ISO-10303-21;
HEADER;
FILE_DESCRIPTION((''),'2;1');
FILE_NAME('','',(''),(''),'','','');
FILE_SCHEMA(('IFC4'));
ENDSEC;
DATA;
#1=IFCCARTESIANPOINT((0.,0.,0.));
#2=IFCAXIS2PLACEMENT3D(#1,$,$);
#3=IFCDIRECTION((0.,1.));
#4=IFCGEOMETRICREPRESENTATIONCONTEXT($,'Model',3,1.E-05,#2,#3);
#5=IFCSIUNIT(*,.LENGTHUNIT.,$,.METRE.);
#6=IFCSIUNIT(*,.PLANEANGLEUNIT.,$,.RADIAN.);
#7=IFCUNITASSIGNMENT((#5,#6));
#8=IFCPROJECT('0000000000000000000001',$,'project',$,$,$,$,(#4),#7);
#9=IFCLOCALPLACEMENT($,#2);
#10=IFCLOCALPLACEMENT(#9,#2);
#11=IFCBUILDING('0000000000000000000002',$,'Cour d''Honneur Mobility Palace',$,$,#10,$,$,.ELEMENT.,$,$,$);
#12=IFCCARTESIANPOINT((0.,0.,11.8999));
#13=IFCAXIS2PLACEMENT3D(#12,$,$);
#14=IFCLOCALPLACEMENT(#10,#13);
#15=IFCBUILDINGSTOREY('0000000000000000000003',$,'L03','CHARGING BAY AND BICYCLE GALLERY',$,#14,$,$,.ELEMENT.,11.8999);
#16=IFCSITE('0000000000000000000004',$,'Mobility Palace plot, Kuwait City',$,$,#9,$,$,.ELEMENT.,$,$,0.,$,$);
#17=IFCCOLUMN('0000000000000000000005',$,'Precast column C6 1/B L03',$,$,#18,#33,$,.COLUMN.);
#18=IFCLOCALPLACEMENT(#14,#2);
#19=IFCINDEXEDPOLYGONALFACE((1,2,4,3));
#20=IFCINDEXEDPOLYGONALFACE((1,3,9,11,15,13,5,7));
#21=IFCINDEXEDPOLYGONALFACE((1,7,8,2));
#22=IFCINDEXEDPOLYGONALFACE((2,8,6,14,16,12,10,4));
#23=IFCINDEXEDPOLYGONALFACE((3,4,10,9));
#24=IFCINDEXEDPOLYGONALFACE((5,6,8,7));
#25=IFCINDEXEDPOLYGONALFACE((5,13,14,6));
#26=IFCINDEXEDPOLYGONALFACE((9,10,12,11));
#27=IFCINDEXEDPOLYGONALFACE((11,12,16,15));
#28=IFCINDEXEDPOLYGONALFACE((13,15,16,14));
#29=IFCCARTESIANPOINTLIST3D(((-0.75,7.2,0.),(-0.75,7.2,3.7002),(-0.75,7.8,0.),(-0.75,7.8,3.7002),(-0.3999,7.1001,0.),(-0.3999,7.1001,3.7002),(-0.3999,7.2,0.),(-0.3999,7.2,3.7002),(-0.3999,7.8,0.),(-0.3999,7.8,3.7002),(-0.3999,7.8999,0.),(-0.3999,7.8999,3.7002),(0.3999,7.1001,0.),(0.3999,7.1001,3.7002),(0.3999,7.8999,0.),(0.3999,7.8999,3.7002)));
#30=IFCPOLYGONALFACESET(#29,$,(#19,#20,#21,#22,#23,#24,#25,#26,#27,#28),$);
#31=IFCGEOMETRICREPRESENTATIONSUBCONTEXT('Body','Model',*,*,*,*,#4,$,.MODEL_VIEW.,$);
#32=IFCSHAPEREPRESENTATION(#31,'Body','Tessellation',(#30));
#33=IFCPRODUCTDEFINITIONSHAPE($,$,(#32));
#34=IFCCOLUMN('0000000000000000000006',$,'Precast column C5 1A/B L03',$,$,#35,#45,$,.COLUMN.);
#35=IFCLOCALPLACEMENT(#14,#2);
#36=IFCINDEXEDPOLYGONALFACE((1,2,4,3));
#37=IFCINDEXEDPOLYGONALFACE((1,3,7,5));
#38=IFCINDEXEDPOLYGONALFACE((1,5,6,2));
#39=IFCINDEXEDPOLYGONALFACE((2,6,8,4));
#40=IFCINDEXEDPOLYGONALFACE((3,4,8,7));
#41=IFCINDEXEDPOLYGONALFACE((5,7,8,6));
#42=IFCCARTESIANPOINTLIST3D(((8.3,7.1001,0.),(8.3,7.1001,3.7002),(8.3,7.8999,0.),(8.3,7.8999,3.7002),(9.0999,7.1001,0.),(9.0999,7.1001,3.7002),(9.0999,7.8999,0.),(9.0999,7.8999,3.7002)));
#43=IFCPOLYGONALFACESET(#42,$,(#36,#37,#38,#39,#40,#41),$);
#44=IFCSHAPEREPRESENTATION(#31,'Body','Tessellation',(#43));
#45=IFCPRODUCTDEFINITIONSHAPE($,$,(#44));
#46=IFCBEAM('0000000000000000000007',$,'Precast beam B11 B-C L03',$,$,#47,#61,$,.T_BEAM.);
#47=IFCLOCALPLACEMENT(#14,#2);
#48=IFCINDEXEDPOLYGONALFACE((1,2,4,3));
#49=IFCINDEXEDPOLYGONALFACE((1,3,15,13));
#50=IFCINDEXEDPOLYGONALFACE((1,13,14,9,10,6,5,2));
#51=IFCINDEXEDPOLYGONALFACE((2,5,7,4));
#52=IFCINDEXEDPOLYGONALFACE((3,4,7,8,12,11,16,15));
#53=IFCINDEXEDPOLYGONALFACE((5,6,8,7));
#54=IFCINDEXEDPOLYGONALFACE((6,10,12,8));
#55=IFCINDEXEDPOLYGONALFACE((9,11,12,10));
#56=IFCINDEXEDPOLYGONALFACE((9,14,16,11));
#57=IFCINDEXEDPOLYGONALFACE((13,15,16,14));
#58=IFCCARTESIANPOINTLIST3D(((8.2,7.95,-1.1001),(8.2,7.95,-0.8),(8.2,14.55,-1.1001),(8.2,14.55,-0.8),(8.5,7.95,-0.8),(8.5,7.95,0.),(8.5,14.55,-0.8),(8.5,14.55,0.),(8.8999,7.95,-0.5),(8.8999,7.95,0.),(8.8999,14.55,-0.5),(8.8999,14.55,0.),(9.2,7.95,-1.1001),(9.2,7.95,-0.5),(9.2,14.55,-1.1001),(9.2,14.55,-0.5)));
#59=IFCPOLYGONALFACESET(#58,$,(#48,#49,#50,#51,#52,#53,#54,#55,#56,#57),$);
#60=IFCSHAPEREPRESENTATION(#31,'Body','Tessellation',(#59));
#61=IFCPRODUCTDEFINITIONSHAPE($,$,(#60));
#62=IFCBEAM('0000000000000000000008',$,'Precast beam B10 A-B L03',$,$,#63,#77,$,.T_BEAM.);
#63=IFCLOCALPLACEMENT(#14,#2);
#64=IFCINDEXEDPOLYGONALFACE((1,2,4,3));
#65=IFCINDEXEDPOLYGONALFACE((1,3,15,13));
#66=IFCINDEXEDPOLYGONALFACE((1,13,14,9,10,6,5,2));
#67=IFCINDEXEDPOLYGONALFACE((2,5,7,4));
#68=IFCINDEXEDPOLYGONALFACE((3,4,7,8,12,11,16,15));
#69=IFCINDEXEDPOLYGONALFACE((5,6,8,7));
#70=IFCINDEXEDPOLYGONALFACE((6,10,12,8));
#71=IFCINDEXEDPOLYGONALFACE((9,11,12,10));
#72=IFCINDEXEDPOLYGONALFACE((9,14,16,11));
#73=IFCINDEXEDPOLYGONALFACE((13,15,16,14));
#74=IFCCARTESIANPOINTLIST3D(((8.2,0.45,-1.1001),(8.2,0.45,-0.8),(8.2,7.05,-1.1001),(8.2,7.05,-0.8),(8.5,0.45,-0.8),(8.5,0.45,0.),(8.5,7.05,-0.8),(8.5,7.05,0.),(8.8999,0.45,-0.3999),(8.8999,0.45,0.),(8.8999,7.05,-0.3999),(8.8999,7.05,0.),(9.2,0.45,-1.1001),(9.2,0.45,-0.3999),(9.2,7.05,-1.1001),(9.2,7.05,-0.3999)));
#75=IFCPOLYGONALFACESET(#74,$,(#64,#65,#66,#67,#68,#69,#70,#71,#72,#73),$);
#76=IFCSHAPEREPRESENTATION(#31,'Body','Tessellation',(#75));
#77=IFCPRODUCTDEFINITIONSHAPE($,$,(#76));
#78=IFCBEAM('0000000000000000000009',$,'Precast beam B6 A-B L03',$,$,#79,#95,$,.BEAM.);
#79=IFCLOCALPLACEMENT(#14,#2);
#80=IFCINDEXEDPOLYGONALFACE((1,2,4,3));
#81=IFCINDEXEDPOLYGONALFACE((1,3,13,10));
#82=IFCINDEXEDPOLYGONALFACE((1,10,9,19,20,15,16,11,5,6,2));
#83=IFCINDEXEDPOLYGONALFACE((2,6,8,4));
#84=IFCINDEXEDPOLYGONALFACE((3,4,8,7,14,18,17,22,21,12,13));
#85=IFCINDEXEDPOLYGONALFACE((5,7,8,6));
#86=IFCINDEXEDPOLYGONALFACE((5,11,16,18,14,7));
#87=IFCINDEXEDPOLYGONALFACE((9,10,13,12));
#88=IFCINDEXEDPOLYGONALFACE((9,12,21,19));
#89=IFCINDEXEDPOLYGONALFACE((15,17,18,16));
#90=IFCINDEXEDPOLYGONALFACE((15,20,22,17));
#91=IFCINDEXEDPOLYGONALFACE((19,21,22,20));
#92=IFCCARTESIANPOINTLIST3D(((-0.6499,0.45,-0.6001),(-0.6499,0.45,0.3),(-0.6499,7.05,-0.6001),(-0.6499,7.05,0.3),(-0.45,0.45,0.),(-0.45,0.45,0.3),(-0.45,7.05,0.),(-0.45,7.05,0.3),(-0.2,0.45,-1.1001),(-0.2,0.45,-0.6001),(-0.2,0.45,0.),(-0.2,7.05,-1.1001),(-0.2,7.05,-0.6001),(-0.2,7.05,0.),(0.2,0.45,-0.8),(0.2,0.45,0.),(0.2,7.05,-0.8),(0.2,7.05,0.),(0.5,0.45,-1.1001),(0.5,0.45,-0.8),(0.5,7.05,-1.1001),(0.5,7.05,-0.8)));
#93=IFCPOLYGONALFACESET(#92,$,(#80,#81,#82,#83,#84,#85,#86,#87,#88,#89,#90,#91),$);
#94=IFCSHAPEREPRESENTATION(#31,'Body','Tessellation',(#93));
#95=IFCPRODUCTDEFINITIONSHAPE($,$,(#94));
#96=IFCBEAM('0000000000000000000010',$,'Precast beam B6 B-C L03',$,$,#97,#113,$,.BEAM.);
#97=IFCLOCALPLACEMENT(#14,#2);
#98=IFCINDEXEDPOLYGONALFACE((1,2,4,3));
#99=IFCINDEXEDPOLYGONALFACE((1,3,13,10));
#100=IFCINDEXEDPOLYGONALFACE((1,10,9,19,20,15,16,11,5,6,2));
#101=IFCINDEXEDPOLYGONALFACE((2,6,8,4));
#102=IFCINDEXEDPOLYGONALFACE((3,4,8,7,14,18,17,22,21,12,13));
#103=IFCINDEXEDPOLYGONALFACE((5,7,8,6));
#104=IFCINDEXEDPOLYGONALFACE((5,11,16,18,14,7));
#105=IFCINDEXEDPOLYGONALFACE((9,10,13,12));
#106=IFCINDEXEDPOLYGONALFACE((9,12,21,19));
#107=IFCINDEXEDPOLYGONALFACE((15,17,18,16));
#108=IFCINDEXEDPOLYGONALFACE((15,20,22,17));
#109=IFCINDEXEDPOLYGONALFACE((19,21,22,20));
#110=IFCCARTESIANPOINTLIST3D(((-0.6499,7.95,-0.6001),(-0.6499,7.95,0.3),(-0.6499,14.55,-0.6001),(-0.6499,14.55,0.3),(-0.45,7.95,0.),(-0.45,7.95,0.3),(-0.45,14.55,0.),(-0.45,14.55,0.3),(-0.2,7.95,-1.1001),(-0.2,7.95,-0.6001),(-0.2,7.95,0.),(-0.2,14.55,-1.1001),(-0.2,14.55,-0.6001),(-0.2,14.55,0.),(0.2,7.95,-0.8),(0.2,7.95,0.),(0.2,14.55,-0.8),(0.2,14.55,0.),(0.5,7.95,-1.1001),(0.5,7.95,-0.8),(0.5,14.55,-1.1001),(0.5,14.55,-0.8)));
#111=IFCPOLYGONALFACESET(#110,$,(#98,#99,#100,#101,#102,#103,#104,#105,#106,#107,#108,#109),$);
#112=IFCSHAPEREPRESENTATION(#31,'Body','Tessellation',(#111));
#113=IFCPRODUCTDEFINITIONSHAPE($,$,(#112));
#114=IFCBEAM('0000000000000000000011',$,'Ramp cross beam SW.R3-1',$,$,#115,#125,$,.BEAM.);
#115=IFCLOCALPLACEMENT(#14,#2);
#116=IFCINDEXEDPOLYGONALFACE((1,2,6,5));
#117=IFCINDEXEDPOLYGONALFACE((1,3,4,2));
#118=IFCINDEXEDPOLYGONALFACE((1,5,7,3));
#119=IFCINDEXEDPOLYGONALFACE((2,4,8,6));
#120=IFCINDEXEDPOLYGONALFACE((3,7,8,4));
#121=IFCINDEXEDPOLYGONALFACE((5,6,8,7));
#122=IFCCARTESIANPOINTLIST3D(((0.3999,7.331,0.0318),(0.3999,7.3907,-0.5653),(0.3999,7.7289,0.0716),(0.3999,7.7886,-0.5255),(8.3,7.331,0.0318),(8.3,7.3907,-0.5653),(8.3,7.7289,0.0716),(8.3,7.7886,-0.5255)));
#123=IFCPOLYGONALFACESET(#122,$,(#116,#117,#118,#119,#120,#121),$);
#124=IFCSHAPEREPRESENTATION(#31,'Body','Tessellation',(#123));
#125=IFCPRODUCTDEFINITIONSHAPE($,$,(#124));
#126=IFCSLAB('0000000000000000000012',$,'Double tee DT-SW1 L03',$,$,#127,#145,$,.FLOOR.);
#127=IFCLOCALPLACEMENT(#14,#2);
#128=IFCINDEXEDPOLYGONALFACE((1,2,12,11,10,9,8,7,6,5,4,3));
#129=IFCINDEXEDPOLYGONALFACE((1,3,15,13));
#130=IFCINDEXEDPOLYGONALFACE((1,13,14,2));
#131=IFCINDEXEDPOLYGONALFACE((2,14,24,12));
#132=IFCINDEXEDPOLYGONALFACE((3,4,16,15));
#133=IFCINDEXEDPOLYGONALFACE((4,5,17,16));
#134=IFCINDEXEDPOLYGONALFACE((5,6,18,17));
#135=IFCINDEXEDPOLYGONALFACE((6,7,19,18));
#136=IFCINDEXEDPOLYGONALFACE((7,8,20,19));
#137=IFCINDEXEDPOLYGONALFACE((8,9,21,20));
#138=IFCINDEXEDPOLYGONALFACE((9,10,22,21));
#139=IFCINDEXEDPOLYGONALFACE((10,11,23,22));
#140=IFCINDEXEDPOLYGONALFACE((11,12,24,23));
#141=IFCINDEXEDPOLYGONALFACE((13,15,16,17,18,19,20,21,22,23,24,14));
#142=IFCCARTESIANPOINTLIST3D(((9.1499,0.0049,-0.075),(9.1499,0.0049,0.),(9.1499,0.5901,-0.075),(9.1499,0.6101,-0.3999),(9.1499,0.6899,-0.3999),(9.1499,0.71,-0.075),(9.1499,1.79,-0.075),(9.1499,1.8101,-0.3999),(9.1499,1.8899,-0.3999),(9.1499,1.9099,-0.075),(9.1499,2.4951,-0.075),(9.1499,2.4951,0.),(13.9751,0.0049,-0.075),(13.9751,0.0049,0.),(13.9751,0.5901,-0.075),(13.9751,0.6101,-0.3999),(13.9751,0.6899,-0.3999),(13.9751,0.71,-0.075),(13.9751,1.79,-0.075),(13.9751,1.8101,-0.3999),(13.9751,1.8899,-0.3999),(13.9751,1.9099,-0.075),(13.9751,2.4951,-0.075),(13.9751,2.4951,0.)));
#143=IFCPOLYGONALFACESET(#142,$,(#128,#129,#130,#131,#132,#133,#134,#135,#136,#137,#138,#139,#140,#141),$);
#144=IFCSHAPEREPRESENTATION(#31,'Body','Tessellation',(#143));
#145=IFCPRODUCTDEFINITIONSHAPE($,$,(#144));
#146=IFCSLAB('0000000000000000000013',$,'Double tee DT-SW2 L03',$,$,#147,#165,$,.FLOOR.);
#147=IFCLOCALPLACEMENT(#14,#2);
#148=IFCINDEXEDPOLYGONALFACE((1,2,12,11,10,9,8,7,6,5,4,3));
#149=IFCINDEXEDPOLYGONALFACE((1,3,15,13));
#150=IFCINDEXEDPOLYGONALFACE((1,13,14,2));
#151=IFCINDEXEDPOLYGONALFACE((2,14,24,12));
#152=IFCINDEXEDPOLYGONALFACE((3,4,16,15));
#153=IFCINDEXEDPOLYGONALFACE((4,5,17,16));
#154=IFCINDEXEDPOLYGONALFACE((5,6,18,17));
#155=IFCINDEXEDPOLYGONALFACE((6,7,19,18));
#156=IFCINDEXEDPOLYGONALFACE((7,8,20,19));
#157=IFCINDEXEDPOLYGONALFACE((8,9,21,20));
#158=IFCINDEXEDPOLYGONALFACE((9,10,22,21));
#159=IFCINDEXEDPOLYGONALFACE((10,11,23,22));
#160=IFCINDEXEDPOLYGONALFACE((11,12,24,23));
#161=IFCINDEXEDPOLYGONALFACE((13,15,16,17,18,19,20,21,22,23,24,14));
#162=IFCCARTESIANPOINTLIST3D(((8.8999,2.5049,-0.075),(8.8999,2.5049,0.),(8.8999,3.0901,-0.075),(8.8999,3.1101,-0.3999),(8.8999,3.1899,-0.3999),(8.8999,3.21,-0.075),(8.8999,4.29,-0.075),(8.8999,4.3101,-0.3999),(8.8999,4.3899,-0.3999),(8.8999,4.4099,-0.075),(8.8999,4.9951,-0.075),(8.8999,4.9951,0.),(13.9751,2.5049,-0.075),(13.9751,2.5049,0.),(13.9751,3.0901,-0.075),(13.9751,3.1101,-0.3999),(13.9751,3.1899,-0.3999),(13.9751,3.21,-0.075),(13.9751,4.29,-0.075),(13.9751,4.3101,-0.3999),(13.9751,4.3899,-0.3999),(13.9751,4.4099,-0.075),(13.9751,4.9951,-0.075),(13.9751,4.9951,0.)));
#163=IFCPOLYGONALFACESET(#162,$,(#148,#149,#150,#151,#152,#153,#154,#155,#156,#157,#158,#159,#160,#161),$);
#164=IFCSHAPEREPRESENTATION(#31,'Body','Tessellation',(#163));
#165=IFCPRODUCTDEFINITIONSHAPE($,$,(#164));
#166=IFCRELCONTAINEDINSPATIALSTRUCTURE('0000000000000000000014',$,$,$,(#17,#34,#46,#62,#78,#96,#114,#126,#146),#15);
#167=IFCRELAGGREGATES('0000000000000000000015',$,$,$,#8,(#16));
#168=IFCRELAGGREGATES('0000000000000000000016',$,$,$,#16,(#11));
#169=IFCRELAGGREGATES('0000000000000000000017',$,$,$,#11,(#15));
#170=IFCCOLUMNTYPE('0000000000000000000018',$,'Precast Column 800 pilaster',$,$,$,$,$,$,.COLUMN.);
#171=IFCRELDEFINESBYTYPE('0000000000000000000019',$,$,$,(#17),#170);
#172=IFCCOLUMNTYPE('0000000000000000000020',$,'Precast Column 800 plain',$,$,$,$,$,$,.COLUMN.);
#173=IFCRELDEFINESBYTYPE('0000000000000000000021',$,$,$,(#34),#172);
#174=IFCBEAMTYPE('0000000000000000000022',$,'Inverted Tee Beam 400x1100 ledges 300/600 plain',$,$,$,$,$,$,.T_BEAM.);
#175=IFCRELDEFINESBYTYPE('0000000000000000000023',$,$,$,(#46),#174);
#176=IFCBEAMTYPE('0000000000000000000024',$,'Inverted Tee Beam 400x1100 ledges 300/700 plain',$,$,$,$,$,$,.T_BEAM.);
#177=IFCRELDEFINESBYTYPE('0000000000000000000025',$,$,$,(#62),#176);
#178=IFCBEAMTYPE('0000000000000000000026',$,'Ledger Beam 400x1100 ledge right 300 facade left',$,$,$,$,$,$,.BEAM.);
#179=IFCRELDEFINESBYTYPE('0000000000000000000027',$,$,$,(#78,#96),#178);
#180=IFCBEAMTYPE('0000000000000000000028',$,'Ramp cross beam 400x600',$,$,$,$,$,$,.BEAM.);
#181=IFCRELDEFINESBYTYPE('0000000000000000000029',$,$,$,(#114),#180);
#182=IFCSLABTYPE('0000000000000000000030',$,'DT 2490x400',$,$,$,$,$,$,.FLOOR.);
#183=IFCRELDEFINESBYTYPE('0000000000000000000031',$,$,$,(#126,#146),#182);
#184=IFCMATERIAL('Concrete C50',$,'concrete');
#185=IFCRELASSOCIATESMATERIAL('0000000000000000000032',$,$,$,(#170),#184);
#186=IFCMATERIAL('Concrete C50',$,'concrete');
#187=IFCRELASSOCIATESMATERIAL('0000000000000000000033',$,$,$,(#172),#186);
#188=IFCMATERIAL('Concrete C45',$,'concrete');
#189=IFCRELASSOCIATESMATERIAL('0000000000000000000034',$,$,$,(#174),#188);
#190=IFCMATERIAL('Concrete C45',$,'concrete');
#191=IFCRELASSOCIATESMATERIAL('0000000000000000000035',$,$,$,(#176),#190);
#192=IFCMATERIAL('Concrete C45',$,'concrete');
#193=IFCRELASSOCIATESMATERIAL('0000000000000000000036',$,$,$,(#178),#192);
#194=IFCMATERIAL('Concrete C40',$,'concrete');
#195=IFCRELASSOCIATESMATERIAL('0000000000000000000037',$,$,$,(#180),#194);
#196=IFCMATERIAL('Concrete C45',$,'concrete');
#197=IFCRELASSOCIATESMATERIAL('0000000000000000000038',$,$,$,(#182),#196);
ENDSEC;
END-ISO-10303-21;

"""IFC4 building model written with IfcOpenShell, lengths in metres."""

from ifc_helpers import new_model, si_unit, direction, frame, origin, origin_2d, place, context, subcontext, project, spatial, polyline, rectangle, outline, extrude, material, material_profile, profile_set, type_object, element, save


model = new_model("IFC4")

# Units and contexts
model_context = context("Model", 3, precision=1e-05, world=origin(), true_north=direction((0.0, 1.0)))
body_context = subcontext(model_context, "Body", "Model", "MODEL_VIEW")
ifc_project = project(units=[si_unit("LENGTHUNIT", "METRE"), si_unit("PLANEANGLEUNIT", "RADIAN")], contexts=[model_context])

# Site, building, storey
site_placement = place(None, origin())
site = spatial("IfcSite", under=ifc_project, at=site_placement, Name="Mobility Palace plot, Kuwait City", CompositionType="ELEMENT", RefElevation=0.0)
building_placement = place(site_placement, origin())
building = spatial("IfcBuilding", under=site, at=building_placement, Name="Cour d'Honneur Mobility Palace", CompositionType="ELEMENT")
storey_placement = place(building_placement, frame((0.0, 0.0, 11.8999)))
storey = spatial("IfcBuildingStorey", under=building, at=storey_placement, Name="L03", Description="CHARGING BAY AND BICYCLE GALLERY", CompositionType="ELEMENT", Elevation=11.8999)

# Columns
ifc_material_1 = material(Name="Concrete C50", Category="concrete")
ifc_material_profile_1 = material_profile(ifc_material_1, outline(polyline([(-0.3999, -0.3999), (0.3999, -0.3999), (0.3999, -0.3), (0.75, -0.3), (0.75, 0.3), (0.3999, 0.3), (0.3999, 0.3999), (-0.3999, 0.3999), (-0.3999, -0.3999)])), Name="PC C800 pilaster")
ifc_profile_set_1 = profile_set([ifc_material_profile_1], Name="Concrete C50")
column_type_1 = type_object("IfcColumnType", Name="Precast Column 800 pilaster", PredefinedType="COLUMN", material=ifc_profile_set_1)
column_1_placement = place(storey_placement, frame((0.0, 7.5, 0.0), z_axis=(0.0, 0.0, 1.0), x_axis=(-1.0, 0.0, 0.0)))
element("IfcColumn", 1, at=column_1_placement, inside=storey, type_object=column_type_1, Name="Precast column C6 1/B L03", PredefinedType="COLUMN", context=body_context, shape_type="SweptSolid", body=[
    extrude(outline(polyline([(-0.3999, -0.3999), (0.3999, -0.3999), (0.3999, -0.3), (0.75, -0.3), (0.75, 0.3), (0.3999, 0.3), (0.3999, 0.3999), (-0.3999, 0.3999), (-0.3999, -0.3999)])), origin(), (0.0, 0.0, 1.0), 3.7002),
])
ifc_material_2 = material(Name="Concrete C50", Category="concrete")
ifc_material_profile_2 = material_profile(ifc_material_2, outline(polyline([(-0.3999, -0.3999), (0.3999, -0.3999), (0.3999, 0.3999), (-0.3999, 0.3999), (-0.3999, -0.3999)])), Name="PC C800 plain")
ifc_profile_set_2 = profile_set([ifc_material_profile_2], Name="Concrete C50")
column_type_2 = type_object("IfcColumnType", Name="Precast Column 800 plain", PredefinedType="COLUMN", material=ifc_profile_set_2)
column_2_placement = place(storey_placement, frame((8.7, 7.5, 0.0), z_axis=(0.0, 0.0, 1.0), x_axis=(1.0, 0.0, 0.0)))
element("IfcColumn", 2, at=column_2_placement, inside=storey, type_object=column_type_2, Name="Precast column C5 1A/B L03", PredefinedType="COLUMN", context=body_context, shape_type="SweptSolid", body=[
    extrude(outline(polyline([(-0.3999, -0.3999), (0.3999, -0.3999), (0.3999, 0.3999), (-0.3999, 0.3999), (-0.3999, -0.3999)])), origin(), (0.0, 0.0, 1.0), 3.7002),
])

# Beams
ifc_material_3 = material(Name="Concrete C45", Category="concrete")
ifc_material_profile_3 = material_profile(ifc_material_3, outline(polyline([(0.5, -1.1001), (0.5, -0.8), (0.2, -0.8), (0.2, 0.0), (-0.2, 0.0), (-0.2, -0.5), (-0.5, -0.5), (-0.5, -1.1001), (0.5, -1.1001)])), Name="Inverted Tee Beam 400x1100 ledges 300/600 plain")
ifc_profile_set_3 = profile_set([ifc_material_profile_3], Name="Concrete C45")
beam_type_1 = type_object("IfcBeamType", Name="Inverted Tee Beam 400x1100 ledges 300/600 plain", PredefinedType="T_BEAM", material=ifc_profile_set_3)
beam_1_placement = place(storey_placement, frame((8.7, 7.95, 0.0), z_axis=(0.0, 1.0, 0.0), x_axis=(-1.0, 0.0, 0.0)))
element("IfcBeam", 3, at=beam_1_placement, inside=storey, type_object=beam_type_1, Name="Precast beam B11 B-C L03", PredefinedType="T_BEAM", context=body_context, shape_type="SweptSolid", body=[
    extrude(outline(polyline([(0.5, -1.1001), (0.5, -0.8), (0.2, -0.8), (0.2, 0.0), (-0.2, 0.0), (-0.2, -0.5), (-0.5, -0.5), (-0.5, -1.1001), (0.5, -1.1001)])), origin(), (0.0, 0.0, 1.0), 6.6001),
])
ifc_material_4 = material(Name="Concrete C45", Category="concrete")
ifc_material_profile_4 = material_profile(ifc_material_4, outline(polyline([(0.5, -1.1001), (0.5, -0.8), (0.2, -0.8), (0.2, 0.0), (-0.2, 0.0), (-0.2, -0.3999), (-0.5, -0.3999), (-0.5, -1.1001), (0.5, -1.1001)])), Name="Inverted Tee Beam 400x1100 ledges 300/700 plain")
ifc_profile_set_4 = profile_set([ifc_material_profile_4], Name="Concrete C45")
beam_type_2 = type_object("IfcBeamType", Name="Inverted Tee Beam 400x1100 ledges 300/700 plain", PredefinedType="T_BEAM", material=ifc_profile_set_4)
beam_2_placement = place(storey_placement, frame((8.7, 0.45, 0.0), z_axis=(0.0, 1.0, 0.0), x_axis=(-1.0, 0.0, 0.0)))
element("IfcBeam", 4, at=beam_2_placement, inside=storey, type_object=beam_type_2, Name="Precast beam B10 A-B L03", PredefinedType="T_BEAM", context=body_context, shape_type="SweptSolid", body=[
    extrude(outline(polyline([(0.5, -1.1001), (0.5, -0.8), (0.2, -0.8), (0.2, 0.0), (-0.2, 0.0), (-0.2, -0.3999), (-0.5, -0.3999), (-0.5, -1.1001), (0.5, -1.1001)])), origin(), (0.0, 0.0, 1.0), 6.6001),
])
ifc_material_5 = material(Name="Concrete C45", Category="concrete")
ifc_material_profile_5 = material_profile(ifc_material_5, outline(polyline([(0.2, -1.1001), (0.2, -0.6001), (0.6499, -0.6001), (0.6499, 0.3), (0.45, 0.3), (0.45, 0.0), (0.2, 0.0), (-0.2, 0.0), (-0.2, -0.8), (-0.5, -0.8), (-0.5, -1.1001), (0.2, -1.1001)])), Name="Ledger Beam 400x1100 ledge right 300 facade left")
ifc_profile_set_5 = profile_set([ifc_material_profile_5], Name="Concrete C45")
beam_type_3 = type_object("IfcBeamType", Name="Ledger Beam 400x1100 ledge right 300 facade left", PredefinedType="BEAM", material=ifc_profile_set_5)
for number, where, z_axis, x_axis, name in (
    (5, (0.0, 0.45, 0.0), (0.0, 1.0, 0.0), (-1.0, 0.0, 0.0), "Precast beam B6 A-B L03"),
    (6, (0.0, 7.95, 0.0), (0.0, 1.0, 0.0), (-1.0, 0.0, 0.0), "Precast beam B6 B-C L03"),
):
    element("IfcBeam", number, at=place(storey_placement, frame(where, z_axis=z_axis, x_axis=x_axis)), inside=storey, type_object=beam_type_3, Name=name, PredefinedType="BEAM", context=body_context, shape_type="SweptSolid", body=[
        extrude(outline(polyline([(0.2, -1.1001), (0.2, -0.6001), (0.6499, -0.6001), (0.6499, 0.3), (0.45, 0.3), (0.45, 0.0), (0.2, 0.0), (-0.2, 0.0), (-0.2, -0.8), (-0.5, -0.8), (-0.5, -1.1001), (0.2, -1.1001)])), origin(), (0.0, 0.0, 1.0), 6.6001),
    ])
ifc_material_6 = material(Name="Concrete C40", Category="concrete")
ifc_material_profile_6 = material_profile(ifc_material_6, rectangle(XDim=0.3999, YDim=0.6001, at=origin_2d()), Name="Ramp cross beam 400x600")
ifc_profile_set_6 = profile_set([ifc_material_profile_6], Name="Concrete C40")
beam_type_4 = type_object("IfcBeamType", Name="Ramp cross beam 400x600", PredefinedType="BEAM", material=ifc_profile_set_6)
beam_3_placement = place(storey_placement, frame((0.3999, 7.5598, -0.2468), z_axis=(1.0, 0.0, 0.0), x_axis=(0.0, 0.995037, 0.099504)))
element("IfcBeam", 7, at=beam_3_placement, inside=storey, type_object=beam_type_4, Name="Ramp cross beam SW.R3-1", PredefinedType="BEAM", context=body_context, shape_type="SweptSolid", body=[
    extrude(rectangle(XDim=0.3999, YDim=0.6001, at=origin_2d()), origin(), (0.0, 0.0, 1.0), 7.9001),
])

# Slabs
ifc_material_7 = material(Name="Concrete C45", Category="concrete")
ifc_material_profile_7 = material_profile(ifc_material_7, outline(polyline([(-1.2451, 0.0), (1.2451, 0.0), (1.2451, -0.075), (0.6599, -0.075), (0.6399, -0.3999), (0.5601, -0.3999), (0.54, -0.075), (-0.54, -0.075), (-0.5601, -0.3999), (-0.6399, -0.3999), (-0.6599, -0.075), (-1.2451, -0.075), (-1.2451, 0.0)])), Name="DT 2490x400")
ifc_profile_set_7 = profile_set([ifc_material_profile_7], Name="Concrete C45")
slab_type_1 = type_object("IfcSlabType", Name="DT 2490x400", PredefinedType="FLOOR", material=ifc_profile_set_7)
slab_1_placement = place(storey_placement, frame((9.1499, 1.25, 0.0), z_axis=(1.0, 0.0, 0.0), x_axis=(0.0, 1.0, 0.0)))
element("IfcSlab", 8, at=slab_1_placement, inside=storey, type_object=slab_type_1, Name="Double tee DT-SW1 L03", PredefinedType="FLOOR", context=body_context, shape_type="SweptSolid", body=[
    extrude(outline(polyline([(-1.2451, 0.0), (1.2451, 0.0), (1.2451, -0.075), (0.6599, -0.075), (0.6399, -0.3999), (0.5601, -0.3999), (0.54, -0.075), (-0.54, -0.075), (-0.5601, -0.3999), (-0.6399, -0.3999), (-0.6599, -0.075), (-1.2451, -0.075), (-1.2451, 0.0)])), origin(), (0.0, 0.0, 1.0), 4.8252),
])
slab_2_placement = place(storey_placement, frame((8.8999, 3.75, 0.0), z_axis=(1.0, 0.0, 0.0), x_axis=(0.0, 1.0, 0.0)))
element("IfcSlab", 9, at=slab_2_placement, inside=storey, type_object=slab_type_1, Name="Double tee DT-SW2 L03", PredefinedType="FLOOR", context=body_context, shape_type="SweptSolid", body=[
    extrude(outline(polyline([(-1.2451, 0.0), (1.2451, 0.0), (1.2451, -0.075), (0.6599, -0.075), (0.6399, -0.3999), (0.5601, -0.3999), (0.54, -0.075), (-0.54, -0.075), (-0.5601, -0.3999), (-0.6399, -0.3999), (-0.6599, -0.075), (-1.2451, -0.075), (-1.2451, 0.0)])), origin(), (0.0, 0.0, 1.0), 5.0752),
])

save(model, "model.ifc")
